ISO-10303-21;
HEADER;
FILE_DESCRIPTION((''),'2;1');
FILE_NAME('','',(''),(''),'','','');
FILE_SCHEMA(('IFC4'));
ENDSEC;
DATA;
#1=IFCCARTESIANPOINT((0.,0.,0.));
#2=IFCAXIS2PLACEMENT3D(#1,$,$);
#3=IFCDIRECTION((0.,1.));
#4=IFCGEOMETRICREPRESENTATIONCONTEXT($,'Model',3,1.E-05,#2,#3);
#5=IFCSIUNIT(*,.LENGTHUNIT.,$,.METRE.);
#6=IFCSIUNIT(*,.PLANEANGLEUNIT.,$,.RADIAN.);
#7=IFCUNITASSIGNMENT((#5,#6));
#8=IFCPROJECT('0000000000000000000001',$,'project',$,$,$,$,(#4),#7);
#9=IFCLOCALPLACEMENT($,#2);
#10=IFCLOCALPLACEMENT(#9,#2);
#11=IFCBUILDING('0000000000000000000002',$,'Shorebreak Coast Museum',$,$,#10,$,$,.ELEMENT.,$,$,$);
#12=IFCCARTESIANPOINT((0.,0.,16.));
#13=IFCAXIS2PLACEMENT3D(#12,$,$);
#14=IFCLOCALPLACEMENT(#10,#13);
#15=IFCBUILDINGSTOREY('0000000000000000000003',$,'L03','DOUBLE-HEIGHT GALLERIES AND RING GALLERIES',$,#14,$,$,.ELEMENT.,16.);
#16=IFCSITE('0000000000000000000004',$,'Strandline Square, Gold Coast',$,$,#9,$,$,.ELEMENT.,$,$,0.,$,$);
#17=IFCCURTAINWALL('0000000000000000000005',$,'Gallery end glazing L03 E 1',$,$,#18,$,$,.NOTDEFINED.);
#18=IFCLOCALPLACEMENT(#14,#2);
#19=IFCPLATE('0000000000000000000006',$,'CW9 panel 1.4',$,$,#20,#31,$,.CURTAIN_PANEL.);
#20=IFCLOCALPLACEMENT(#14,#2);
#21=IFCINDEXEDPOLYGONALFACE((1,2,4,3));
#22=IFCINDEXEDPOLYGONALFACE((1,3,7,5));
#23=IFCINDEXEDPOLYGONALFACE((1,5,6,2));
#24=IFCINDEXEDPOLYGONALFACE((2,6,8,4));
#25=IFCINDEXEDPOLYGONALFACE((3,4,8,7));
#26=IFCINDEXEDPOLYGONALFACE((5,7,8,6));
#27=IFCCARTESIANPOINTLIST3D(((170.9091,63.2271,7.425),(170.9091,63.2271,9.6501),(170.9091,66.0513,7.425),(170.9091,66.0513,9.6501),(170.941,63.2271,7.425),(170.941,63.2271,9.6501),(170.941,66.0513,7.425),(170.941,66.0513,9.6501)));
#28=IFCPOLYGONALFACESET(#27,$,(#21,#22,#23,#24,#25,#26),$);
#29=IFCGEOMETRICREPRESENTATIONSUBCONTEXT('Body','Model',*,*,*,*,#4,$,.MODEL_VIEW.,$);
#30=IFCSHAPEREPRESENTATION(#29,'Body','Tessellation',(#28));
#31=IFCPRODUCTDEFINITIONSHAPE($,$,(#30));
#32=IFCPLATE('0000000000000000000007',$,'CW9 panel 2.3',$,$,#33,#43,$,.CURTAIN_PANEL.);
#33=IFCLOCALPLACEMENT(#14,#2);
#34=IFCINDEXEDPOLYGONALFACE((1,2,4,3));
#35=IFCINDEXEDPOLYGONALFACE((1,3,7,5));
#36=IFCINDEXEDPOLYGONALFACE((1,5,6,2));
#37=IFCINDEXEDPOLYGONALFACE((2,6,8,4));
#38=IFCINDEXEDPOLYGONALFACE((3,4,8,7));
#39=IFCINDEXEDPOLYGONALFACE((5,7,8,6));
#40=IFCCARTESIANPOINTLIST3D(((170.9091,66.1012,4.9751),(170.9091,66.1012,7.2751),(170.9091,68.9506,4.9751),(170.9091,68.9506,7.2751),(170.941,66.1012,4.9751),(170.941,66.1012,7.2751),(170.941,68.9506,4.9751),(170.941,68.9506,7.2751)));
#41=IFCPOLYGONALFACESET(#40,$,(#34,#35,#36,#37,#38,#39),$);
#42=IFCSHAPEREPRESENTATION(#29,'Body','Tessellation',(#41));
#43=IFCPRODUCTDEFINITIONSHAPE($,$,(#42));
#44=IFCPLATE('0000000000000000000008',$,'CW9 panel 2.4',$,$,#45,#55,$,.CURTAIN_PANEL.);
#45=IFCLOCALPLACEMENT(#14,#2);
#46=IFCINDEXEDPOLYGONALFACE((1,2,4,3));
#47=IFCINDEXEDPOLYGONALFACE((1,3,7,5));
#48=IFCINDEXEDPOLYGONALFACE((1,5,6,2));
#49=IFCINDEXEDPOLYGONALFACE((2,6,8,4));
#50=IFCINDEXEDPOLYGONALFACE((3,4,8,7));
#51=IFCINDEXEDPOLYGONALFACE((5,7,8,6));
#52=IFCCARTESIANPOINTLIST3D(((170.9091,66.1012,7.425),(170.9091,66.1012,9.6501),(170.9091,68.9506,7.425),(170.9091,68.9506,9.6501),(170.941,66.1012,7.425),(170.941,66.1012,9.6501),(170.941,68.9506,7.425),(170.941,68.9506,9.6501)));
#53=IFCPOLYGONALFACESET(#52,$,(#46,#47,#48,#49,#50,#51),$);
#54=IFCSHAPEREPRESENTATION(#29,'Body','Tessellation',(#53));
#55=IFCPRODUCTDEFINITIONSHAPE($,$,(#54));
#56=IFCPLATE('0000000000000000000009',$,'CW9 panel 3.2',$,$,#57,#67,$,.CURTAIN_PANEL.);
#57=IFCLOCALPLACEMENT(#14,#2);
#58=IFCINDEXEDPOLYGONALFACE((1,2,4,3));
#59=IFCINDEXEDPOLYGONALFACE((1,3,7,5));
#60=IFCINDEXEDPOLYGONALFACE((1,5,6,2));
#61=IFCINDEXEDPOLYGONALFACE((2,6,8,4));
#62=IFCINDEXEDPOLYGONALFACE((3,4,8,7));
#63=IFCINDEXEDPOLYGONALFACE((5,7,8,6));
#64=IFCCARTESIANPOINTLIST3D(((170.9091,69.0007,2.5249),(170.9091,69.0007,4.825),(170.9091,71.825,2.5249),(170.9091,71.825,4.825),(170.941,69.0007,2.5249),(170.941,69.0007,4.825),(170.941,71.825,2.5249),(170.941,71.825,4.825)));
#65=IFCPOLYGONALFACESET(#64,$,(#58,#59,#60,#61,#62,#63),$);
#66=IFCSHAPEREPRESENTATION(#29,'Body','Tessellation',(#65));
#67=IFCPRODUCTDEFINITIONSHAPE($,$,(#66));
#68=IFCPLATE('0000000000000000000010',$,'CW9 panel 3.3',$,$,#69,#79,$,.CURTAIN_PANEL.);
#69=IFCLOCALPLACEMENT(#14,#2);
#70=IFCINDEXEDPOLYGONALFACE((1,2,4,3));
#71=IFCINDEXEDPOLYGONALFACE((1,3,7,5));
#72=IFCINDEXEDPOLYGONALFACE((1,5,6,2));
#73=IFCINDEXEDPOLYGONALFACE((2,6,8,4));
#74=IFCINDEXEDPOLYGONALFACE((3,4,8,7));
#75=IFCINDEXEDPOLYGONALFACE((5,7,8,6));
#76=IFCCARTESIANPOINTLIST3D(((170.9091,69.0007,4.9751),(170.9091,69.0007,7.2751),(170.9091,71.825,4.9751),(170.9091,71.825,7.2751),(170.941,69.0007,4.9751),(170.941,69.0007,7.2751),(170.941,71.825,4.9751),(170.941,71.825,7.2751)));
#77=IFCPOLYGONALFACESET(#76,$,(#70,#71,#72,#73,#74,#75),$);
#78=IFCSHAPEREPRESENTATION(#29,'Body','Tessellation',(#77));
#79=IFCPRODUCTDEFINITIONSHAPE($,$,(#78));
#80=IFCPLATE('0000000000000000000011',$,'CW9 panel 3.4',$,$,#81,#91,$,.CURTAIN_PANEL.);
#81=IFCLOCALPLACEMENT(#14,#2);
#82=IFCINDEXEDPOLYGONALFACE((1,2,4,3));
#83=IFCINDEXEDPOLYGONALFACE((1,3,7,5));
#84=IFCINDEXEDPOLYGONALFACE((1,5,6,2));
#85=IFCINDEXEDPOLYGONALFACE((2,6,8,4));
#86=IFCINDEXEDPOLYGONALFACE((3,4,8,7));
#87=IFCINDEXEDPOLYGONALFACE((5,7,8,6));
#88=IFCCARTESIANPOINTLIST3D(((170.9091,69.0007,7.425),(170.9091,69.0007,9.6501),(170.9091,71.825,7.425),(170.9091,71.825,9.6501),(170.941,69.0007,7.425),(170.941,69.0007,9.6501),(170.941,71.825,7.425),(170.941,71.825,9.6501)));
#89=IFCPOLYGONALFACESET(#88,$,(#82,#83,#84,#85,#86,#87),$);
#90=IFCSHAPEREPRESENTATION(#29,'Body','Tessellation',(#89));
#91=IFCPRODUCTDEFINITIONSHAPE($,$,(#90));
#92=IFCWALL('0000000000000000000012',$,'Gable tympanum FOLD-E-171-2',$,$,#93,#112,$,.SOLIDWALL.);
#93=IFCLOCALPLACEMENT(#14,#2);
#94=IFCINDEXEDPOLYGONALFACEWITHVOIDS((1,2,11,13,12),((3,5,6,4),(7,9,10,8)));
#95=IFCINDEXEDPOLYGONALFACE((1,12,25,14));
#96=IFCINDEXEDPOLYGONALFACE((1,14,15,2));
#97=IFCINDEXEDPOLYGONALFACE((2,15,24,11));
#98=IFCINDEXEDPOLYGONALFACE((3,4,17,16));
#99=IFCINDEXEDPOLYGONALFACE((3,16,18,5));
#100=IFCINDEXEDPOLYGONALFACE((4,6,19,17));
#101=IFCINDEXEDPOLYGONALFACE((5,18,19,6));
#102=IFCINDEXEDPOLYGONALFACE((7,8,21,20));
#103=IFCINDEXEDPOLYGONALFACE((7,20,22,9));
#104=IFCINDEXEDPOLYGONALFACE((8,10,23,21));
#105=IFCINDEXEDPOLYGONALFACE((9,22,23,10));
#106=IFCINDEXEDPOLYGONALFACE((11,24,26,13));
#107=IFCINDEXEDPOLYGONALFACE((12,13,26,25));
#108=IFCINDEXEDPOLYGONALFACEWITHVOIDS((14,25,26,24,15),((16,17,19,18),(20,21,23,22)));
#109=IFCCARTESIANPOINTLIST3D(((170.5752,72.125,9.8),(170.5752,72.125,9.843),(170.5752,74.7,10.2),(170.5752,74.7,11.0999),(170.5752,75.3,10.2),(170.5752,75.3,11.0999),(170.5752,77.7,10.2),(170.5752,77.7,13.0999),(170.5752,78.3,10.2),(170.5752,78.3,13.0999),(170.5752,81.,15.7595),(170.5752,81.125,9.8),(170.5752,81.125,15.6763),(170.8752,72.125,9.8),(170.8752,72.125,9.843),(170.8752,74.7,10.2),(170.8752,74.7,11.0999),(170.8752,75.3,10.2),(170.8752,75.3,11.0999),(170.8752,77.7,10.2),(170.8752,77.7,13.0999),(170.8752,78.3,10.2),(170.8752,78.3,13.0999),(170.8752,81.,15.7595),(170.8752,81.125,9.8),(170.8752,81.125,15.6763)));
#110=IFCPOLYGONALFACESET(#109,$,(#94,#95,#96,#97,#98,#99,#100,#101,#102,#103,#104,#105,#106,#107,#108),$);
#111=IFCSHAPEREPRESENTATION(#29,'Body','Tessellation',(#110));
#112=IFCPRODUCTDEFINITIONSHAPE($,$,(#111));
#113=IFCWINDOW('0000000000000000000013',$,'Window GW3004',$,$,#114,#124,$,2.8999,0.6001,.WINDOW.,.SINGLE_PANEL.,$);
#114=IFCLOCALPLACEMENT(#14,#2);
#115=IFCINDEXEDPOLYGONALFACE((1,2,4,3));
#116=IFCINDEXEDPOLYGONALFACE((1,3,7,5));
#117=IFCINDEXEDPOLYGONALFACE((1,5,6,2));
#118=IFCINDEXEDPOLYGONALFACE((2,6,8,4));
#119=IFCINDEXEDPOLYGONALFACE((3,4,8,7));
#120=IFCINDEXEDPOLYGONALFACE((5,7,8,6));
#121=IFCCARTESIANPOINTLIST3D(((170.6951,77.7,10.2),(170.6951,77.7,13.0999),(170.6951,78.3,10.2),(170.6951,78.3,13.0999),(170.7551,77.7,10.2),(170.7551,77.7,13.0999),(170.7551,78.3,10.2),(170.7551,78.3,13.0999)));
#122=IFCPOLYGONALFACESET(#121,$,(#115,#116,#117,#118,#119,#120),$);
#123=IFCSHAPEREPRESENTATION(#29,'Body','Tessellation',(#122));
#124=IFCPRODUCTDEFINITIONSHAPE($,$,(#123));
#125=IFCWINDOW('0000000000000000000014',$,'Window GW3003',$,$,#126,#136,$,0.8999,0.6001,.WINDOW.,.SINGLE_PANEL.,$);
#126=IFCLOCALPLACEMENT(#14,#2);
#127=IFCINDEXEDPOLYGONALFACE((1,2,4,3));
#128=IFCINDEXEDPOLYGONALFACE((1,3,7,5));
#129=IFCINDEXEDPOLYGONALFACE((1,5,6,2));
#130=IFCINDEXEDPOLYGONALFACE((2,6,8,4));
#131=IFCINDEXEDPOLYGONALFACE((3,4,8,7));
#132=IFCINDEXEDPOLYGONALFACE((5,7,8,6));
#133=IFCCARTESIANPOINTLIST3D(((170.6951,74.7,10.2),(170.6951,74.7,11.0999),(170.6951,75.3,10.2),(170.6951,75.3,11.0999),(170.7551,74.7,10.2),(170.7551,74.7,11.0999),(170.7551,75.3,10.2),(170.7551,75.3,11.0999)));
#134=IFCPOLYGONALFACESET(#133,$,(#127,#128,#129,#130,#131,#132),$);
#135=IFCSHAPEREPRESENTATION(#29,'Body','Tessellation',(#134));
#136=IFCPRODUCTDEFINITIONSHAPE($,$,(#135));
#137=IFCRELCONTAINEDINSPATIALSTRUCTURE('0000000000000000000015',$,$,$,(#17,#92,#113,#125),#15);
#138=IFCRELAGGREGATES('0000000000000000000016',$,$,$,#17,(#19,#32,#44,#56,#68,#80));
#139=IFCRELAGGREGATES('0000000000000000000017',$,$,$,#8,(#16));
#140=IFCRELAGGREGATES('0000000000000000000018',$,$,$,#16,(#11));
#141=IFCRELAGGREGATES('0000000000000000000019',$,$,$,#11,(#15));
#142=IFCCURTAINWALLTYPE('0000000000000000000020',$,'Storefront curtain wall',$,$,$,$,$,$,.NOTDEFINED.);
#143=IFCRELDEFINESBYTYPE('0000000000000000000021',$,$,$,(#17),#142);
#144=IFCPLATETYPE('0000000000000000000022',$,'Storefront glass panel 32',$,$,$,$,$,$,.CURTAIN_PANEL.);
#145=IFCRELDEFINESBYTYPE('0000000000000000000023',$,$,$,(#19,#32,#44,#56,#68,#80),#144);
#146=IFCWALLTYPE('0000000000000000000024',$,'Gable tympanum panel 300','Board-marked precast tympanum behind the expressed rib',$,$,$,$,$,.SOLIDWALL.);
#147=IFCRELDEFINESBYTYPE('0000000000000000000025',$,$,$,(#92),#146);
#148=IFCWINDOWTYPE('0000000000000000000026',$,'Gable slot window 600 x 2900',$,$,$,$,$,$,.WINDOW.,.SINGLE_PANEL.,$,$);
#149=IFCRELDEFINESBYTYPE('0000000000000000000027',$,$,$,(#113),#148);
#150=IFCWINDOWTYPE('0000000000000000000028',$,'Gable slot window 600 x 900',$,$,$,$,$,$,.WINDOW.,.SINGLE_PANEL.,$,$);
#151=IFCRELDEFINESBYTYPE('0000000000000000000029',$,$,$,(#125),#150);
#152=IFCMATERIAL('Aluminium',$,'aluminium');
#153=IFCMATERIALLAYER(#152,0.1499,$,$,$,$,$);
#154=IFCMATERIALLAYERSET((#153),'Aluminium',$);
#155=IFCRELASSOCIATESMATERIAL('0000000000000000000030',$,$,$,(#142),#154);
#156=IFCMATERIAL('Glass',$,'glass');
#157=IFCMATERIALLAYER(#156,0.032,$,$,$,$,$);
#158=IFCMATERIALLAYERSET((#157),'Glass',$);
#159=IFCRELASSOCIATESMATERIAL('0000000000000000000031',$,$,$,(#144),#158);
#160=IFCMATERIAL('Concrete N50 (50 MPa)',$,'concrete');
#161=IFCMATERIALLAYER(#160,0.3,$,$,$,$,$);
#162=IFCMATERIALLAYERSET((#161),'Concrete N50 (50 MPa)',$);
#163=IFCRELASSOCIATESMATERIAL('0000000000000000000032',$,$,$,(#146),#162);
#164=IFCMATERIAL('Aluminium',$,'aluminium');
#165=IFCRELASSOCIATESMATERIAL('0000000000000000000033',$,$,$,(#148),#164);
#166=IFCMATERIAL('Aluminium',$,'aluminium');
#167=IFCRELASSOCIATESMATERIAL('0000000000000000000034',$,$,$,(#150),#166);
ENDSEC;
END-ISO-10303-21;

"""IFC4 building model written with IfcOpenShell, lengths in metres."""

from ifc_helpers import new_model, si_unit, direction, frame, frame_2d, origin, origin_2d, place, context, subcontext, project, spatial, polyline, rectangle, outline, extrude, material, layer, layer_set, type_object, element, fill, aggregate, save


model = new_model("IFC4")

# Units and contexts
model_context = context("Model", 3, precision=1e-05, world=origin(), true_north=direction((0.0, 1.0)))
body_context = subcontext(model_context, "Body", "Model", "MODEL_VIEW")
ifc_project = project(units=[si_unit("LENGTHUNIT", "METRE"), si_unit("PLANEANGLEUNIT", "RADIAN")], contexts=[model_context])

# Site, building, storey
site_placement = place(None, origin())
site = spatial("IfcSite", under=ifc_project, at=site_placement, Name="Strandline Square, Gold Coast", CompositionType="ELEMENT", RefElevation=0.0)
building_placement = place(site_placement, origin())
building = spatial("IfcBuilding", under=site, at=building_placement, Name="Shorebreak Coast Museum", CompositionType="ELEMENT")
storey_placement = place(building_placement, frame((0.0, 0.0, 16.0)))
storey = spatial("IfcBuildingStorey", under=building, at=storey_placement, Name="L03", Description="DOUBLE-HEIGHT GALLERIES AND RING GALLERIES", CompositionType="ELEMENT", Elevation=16.0)

# Curtain wall
ifc_material_1 = material(Name="Aluminium", Category="aluminium")
ifc_layer_1 = layer(ifc_material_1, 0.1499)
ifc_layer_set_1 = layer_set([ifc_layer_1], Name="Aluminium")
curtain_wall_type = type_object("IfcCurtainWallType", Name="Storefront curtain wall", PredefinedType="NOTDEFINED", material=ifc_layer_set_1)
curtain_wall_1_placement = place(storey_placement, origin())
curtain_wall_1 = element("IfcCurtainWall", 1, at=curtain_wall_1_placement, inside=storey, type_object=curtain_wall_type, Name="Gallery end glazing L03 E 1", PredefinedType="NOTDEFINED")

# Plates
ifc_material_2 = material(Name="Glass", Category="glass")
ifc_layer_2 = layer(ifc_material_2, 0.032)
ifc_layer_set_2 = layer_set([ifc_layer_2], Name="Glass")
plate_type = type_object("IfcPlateType", Name="Storefront glass panel 32", PredefinedType="CURTAIN_PANEL", material=ifc_layer_set_2)
plate_1_placement = place(storey_placement, frame((170.925, 64.6392, 7.425), z_axis=(0.0, 0.0, 1.0), x_axis=(0.0, 1.0, 0.0)))
plate_1 = element("IfcPlate", 2, at=plate_1_placement, type_object=plate_type, Name="CW9 panel 1.4", PredefinedType="CURTAIN_PANEL", context=body_context, shape_type="SweptSolid", body=[
    extrude(rectangle(XDim=2.8242, YDim=0.032, at=origin_2d()), origin(), (0.0, 0.0, 1.0), 2.2251),
])
plate_2_placement = place(storey_placement, frame((170.925, 67.5259, 4.9751), z_axis=(0.0, 0.0, 1.0), x_axis=(0.0, 1.0, 0.0)))
plate_2 = element("IfcPlate", 3, at=plate_2_placement, type_object=plate_type, Name="CW9 panel 2.3", PredefinedType="CURTAIN_PANEL", context=body_context, shape_type="SweptSolid", body=[
    extrude(rectangle(XDim=2.8494, YDim=0.032, at=origin_2d()), origin(), (0.0, 0.0, 1.0), 2.3),
])
plate_3_placement = place(storey_placement, frame((170.925, 67.5259, 7.425), z_axis=(0.0, 0.0, 1.0), x_axis=(0.0, 1.0, 0.0)))
plate_3 = element("IfcPlate", 4, at=plate_3_placement, type_object=plate_type, Name="CW9 panel 2.4", PredefinedType="CURTAIN_PANEL", context=body_context, shape_type="SweptSolid", body=[
    extrude(rectangle(XDim=2.8494, YDim=0.032, at=origin_2d()), origin(), (0.0, 0.0, 1.0), 2.2251),
])
plate_4_placement = place(storey_placement, frame((170.925, 70.4128, 2.5249), z_axis=(0.0, 0.0, 1.0), x_axis=(0.0, 1.0, 0.0)))
plate_4 = element("IfcPlate", 5, at=plate_4_placement, type_object=plate_type, Name="CW9 panel 3.2", PredefinedType="CURTAIN_PANEL", context=body_context, shape_type="SweptSolid", body=[
    extrude(rectangle(XDim=2.8242, YDim=0.032, at=origin_2d()), origin(), (0.0, 0.0, 1.0), 2.3),
])
plate_5_placement = place(storey_placement, frame((170.925, 70.4128, 4.9751), z_axis=(0.0, 0.0, 1.0), x_axis=(0.0, 1.0, 0.0)))
plate_5 = element("IfcPlate", 6, at=plate_5_placement, type_object=plate_type, Name="CW9 panel 3.3", PredefinedType="CURTAIN_PANEL", context=body_context, shape_type="SweptSolid", body=[
    extrude(rectangle(XDim=2.8242, YDim=0.032, at=origin_2d()), origin(), (0.0, 0.0, 1.0), 2.3),
])
plate_6_placement = place(storey_placement, frame((170.925, 70.4128, 7.425), z_axis=(0.0, 0.0, 1.0), x_axis=(0.0, 1.0, 0.0)))
plate_6 = element("IfcPlate", 7, at=plate_6_placement, type_object=plate_type, Name="CW9 panel 3.4", PredefinedType="CURTAIN_PANEL", context=body_context, shape_type="SweptSolid", body=[
    extrude(rectangle(XDim=2.8242, YDim=0.032, at=origin_2d()), origin(), (0.0, 0.0, 1.0), 2.2251),
])
aggregate(curtain_wall_1, [plate_1, plate_2, plate_3, plate_4, plate_5, plate_6])

# Wall, openings, windows
ifc_material_3 = material(Name="Concrete N50 (50 MPa)", Category="concrete")
ifc_layer_3 = layer(ifc_material_3, 0.3)
ifc_layer_set_3 = layer_set([ifc_layer_3], Name="Concrete N50 (50 MPa)")
wall_type = type_object("IfcWallType", Name="Gable tympanum panel 300", Description="Board-marked precast tympanum behind the expressed rib", PredefinedType="SOLIDWALL", material=ifc_layer_set_3)
wall_placement = place(storey_placement, frame((170.7251, 72.125, 9.8), z_axis=(0.0, 0.0, 1.0), x_axis=(0.0, 1.0, 0.0)))
wall = element("IfcWall", 8, at=wall_placement, inside=storey, type_object=wall_type, Name="Gable tympanum FOLD-E-171-2", PredefinedType="SOLIDWALL", context=body_context, shape_type="SweptSolid", body=[
    extrude(outline(polyline([(0.0, 0.0), (9.0, 0.0), (9.0, 5.8762), (8.875, 5.9595), (0.0, 0.043), (0.0, 0.0)])), frame((0.0, 0.1499, 0.0), z_axis=(0.0, -1.0, 0.0), x_axis=(1.0, 0.0, 0.0)), (0.0, 0.0, 1.0), 0.3),
])
opening_1_placement = place(wall_placement, frame((2.575, 0.0, 0.3999)))
opening_1 = element("IfcOpeningElement", 9, at=opening_1_placement, cuts=wall, PredefinedType="OPENING", context=body_context, shape_type="SweptSolid", body=[
    extrude(rectangle(XDim=0.6001, YDim=0.8999, at=frame_2d((0.3, 0.45))), frame((0.0, 0.1599, 0.0), z_axis=(0.0, -1.0, 0.0), x_axis=(1.0, 0.0, 0.0)), (0.0, 0.0, 1.0), 0.3201),
])
opening_2_placement = place(wall_placement, frame((5.575, 0.0, 0.3999)))
opening_2 = element("IfcOpeningElement", 10, at=opening_2_placement, cuts=wall, PredefinedType="OPENING", context=body_context, shape_type="SweptSolid", body=[
    extrude(rectangle(XDim=0.6001, YDim=2.8999, at=frame_2d((0.3, 1.45))), frame((0.0, 0.1599, 0.0), z_axis=(0.0, -1.0, 0.0), x_axis=(1.0, 0.0, 0.0)), (0.0, 0.0, 1.0), 0.3201),
])
ifc_material_4 = material(Name="Aluminium", Category="aluminium")
window_type_1 = type_object("IfcWindowType", Name="Gable slot window 600 x 2900", PartitioningType="SINGLE_PANEL", PredefinedType="WINDOW", material=ifc_material_4)
window_1_placement = place(opening_2_placement, origin())
window_1 = element("IfcWindow", 11, at=window_1_placement, inside=storey, type_object=window_type_1, Name="Window GW3004", OverallHeight=2.8999, OverallWidth=0.6001, PartitioningType="SINGLE_PANEL", PredefinedType="WINDOW", context=body_context, shape_type="SweptSolid", body=[
    extrude(rectangle(XDim=0.6001, YDim=2.8999, at=frame_2d((0.3, 1.45))), frame((0.0, 0.03, 0.0), z_axis=(0.0, -1.0, 0.0), x_axis=(1.0, 0.0, 0.0)), (0.0, 0.0, 1.0), 0.0601),
])
fill(opening_2, window_1)
ifc_material_5 = material(Name="Aluminium", Category="aluminium")
window_type_2 = type_object("IfcWindowType", Name="Gable slot window 600 x 900", PartitioningType="SINGLE_PANEL", PredefinedType="WINDOW", material=ifc_material_5)
window_2_placement = place(opening_1_placement, origin())
window_2 = element("IfcWindow", 12, at=window_2_placement, inside=storey, type_object=window_type_2, Name="Window GW3003", OverallHeight=0.8999, OverallWidth=0.6001, PartitioningType="SINGLE_PANEL", PredefinedType="WINDOW", context=body_context, shape_type="SweptSolid", body=[
    extrude(rectangle(XDim=0.6001, YDim=0.8999, at=frame_2d((0.3, 0.45))), frame((0.0, 0.03, 0.0), z_axis=(0.0, -1.0, 0.0), x_axis=(1.0, 0.0, 0.0)), (0.0, 0.0, 1.0), 0.0601),
])
fill(opening_1, window_2)

save(model, "model.ifc")
